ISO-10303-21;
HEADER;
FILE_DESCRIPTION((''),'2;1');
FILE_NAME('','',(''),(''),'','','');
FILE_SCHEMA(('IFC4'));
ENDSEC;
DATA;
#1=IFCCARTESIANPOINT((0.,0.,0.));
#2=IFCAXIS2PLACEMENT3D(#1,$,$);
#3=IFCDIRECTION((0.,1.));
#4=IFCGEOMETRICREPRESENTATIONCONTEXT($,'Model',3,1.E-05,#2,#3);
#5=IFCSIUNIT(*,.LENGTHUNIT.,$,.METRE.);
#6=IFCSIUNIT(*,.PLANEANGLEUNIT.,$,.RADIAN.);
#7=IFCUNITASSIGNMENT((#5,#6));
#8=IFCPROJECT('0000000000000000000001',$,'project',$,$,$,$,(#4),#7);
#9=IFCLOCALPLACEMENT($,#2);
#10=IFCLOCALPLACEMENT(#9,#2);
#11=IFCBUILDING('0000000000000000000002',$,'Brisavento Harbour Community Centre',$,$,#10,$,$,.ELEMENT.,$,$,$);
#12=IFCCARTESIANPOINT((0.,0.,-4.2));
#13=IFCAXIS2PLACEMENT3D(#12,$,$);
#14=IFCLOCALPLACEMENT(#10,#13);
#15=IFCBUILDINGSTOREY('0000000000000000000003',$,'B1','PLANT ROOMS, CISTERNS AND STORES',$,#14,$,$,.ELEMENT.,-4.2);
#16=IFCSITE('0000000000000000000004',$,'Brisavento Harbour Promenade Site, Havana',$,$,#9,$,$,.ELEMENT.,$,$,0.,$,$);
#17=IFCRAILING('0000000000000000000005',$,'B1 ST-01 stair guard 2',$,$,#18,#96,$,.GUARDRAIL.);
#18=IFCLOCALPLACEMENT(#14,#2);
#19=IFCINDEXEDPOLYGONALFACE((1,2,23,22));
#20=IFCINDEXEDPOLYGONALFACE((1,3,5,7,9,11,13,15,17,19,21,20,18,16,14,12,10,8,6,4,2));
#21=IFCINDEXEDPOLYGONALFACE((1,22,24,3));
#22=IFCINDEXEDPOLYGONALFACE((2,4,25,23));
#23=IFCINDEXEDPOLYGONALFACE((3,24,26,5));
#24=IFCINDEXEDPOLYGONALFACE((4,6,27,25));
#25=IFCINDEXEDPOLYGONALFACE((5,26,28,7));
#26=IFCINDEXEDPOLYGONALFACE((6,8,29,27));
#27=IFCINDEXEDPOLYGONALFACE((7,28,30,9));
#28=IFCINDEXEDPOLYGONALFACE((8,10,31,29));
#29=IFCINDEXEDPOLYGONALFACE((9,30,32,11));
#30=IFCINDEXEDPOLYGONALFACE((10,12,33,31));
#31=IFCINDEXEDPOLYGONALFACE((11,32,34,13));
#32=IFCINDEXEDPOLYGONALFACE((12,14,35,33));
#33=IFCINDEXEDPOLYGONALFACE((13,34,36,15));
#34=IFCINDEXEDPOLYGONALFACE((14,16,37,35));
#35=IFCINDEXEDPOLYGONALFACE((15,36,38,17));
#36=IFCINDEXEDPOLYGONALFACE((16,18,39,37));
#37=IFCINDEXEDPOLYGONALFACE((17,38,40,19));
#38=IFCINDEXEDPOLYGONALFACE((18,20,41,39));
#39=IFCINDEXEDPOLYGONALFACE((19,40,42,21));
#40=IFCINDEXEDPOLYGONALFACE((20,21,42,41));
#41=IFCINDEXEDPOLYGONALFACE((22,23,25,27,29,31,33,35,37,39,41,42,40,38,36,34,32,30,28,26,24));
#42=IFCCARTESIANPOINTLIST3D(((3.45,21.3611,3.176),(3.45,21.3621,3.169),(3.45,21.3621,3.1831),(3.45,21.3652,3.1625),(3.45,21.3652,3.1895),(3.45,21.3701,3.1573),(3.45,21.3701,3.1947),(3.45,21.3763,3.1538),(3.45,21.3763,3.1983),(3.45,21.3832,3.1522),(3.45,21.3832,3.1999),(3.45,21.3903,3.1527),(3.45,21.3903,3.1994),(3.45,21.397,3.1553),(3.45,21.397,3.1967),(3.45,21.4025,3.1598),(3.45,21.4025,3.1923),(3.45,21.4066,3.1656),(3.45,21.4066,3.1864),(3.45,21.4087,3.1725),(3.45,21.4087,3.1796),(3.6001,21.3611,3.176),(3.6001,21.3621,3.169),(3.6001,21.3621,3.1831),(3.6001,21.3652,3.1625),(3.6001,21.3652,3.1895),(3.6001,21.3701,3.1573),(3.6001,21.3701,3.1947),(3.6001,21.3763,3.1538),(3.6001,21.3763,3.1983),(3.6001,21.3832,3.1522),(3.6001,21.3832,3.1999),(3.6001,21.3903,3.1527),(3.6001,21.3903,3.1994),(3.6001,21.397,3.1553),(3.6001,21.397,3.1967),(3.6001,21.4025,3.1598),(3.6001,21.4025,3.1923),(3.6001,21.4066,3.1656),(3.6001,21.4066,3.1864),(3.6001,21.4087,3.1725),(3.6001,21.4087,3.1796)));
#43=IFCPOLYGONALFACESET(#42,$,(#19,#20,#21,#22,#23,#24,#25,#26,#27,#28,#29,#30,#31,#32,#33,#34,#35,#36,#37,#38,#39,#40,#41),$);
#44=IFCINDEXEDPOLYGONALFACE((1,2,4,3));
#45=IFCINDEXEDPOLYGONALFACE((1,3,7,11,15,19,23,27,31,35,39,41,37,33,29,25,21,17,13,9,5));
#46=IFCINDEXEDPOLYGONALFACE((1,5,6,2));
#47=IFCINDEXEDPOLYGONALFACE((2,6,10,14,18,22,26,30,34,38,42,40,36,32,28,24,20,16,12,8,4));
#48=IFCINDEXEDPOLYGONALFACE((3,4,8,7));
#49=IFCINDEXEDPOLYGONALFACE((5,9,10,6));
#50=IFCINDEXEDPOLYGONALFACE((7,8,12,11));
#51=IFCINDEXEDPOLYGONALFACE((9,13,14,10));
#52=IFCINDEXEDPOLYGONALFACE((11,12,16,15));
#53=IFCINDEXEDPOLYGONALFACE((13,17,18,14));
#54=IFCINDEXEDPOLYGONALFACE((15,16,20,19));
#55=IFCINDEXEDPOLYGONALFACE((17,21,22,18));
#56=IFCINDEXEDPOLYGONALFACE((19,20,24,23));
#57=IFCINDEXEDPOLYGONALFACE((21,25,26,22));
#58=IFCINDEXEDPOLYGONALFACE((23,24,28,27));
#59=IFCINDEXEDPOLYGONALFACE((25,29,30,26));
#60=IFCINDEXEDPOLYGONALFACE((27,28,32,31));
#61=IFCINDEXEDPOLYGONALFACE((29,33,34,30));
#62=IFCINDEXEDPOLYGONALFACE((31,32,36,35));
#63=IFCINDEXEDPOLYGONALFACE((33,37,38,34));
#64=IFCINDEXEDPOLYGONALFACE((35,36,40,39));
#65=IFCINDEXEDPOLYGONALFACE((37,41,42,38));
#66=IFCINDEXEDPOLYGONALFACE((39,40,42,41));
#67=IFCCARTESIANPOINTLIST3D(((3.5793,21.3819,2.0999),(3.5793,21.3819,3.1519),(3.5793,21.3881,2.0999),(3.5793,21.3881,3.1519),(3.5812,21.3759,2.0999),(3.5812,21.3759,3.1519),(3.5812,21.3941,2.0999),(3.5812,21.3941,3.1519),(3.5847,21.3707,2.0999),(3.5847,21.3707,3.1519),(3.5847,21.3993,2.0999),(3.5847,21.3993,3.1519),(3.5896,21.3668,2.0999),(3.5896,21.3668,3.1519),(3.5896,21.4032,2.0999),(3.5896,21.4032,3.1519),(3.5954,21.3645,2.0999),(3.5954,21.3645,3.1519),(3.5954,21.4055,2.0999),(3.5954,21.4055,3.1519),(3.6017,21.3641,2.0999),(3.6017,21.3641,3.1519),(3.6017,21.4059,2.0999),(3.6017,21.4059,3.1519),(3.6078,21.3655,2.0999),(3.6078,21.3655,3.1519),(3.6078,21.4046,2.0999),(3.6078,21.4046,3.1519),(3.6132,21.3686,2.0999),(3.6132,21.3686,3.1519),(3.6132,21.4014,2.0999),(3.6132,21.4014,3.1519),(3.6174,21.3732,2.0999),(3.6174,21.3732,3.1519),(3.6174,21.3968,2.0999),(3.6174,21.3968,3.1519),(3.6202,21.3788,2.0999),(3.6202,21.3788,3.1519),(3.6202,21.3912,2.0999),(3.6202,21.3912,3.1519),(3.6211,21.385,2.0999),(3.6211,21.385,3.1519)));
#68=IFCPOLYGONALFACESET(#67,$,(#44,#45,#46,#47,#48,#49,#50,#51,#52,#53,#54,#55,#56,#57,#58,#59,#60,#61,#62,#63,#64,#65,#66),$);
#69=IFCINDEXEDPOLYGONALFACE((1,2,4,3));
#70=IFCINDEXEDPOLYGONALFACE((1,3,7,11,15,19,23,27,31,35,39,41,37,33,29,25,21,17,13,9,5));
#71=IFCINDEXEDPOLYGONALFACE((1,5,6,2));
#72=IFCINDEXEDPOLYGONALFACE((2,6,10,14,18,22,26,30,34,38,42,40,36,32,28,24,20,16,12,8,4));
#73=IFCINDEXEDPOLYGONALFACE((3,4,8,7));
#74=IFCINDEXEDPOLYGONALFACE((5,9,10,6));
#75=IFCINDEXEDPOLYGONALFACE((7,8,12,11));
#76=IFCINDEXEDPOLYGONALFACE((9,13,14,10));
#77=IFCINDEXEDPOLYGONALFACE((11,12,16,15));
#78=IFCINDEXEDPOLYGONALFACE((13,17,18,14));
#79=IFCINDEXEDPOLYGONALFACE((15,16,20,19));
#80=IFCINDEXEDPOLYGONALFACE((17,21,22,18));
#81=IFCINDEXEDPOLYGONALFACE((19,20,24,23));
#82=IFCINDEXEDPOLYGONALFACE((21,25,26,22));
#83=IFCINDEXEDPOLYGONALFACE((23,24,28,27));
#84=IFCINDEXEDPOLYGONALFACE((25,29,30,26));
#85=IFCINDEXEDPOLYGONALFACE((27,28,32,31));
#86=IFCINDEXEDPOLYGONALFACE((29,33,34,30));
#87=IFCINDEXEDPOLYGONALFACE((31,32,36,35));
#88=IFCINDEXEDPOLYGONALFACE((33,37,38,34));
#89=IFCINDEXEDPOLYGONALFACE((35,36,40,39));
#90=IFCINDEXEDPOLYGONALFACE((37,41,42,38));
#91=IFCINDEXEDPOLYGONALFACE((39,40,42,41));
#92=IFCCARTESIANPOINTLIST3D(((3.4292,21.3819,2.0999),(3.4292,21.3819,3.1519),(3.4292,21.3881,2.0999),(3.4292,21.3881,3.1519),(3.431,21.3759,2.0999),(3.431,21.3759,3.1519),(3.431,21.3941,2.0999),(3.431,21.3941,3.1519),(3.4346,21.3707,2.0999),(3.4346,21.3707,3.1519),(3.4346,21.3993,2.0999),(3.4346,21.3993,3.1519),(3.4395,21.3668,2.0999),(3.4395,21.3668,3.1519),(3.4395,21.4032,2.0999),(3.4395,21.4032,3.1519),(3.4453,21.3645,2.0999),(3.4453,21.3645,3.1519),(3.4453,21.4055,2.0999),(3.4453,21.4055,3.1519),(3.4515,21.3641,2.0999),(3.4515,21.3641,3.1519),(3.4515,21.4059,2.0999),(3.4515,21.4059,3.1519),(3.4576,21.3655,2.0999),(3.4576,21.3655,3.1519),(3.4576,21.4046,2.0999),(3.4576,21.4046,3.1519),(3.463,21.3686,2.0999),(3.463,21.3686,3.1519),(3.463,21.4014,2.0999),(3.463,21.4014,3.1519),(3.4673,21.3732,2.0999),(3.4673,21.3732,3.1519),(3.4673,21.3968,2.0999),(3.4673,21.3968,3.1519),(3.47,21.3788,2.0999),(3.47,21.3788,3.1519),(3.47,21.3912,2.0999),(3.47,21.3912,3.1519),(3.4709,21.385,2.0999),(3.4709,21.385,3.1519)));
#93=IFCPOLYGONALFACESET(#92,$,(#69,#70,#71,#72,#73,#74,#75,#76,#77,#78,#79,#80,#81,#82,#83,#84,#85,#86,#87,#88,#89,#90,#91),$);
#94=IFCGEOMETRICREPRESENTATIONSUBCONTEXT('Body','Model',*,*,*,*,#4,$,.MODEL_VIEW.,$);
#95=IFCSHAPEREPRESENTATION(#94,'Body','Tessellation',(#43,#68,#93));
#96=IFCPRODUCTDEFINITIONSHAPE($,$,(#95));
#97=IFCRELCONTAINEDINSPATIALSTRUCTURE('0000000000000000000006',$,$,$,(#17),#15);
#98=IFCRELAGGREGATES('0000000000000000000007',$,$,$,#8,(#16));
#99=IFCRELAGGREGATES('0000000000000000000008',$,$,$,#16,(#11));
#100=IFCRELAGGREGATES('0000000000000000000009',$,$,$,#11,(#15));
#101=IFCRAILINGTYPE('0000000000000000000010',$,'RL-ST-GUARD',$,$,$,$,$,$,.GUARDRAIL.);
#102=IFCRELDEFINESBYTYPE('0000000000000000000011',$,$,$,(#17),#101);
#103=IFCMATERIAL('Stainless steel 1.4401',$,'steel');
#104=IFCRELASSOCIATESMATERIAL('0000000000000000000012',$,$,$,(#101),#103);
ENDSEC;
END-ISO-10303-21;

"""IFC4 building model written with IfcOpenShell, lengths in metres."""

from ifc_helpers import new_model, si_unit, direction, frame, origin, origin_2d, place, context, subcontext, project, spatial, circle, extrude, material, type_object, element, save


model = new_model("IFC4")

# Units and contexts
model_context = context("Model", 3, precision=1e-05, world=origin(), true_north=direction((0.0, 1.0)))
body_context = subcontext(model_context, "Body", "Model", "MODEL_VIEW")
ifc_project = project(units=[si_unit("LENGTHUNIT", "METRE"), si_unit("PLANEANGLEUNIT", "RADIAN")], contexts=[model_context])

# Site, building, storey
site_placement = place(None, origin())
site = spatial("IfcSite", under=ifc_project, at=site_placement, Name="Brisavento Harbour Promenade Site, Havana", CompositionType="ELEMENT", RefElevation=0.0)
building_placement = place(site_placement, origin())
building = spatial("IfcBuilding", under=site, at=building_placement, Name="Brisavento Harbour Community Centre", CompositionType="ELEMENT")
storey_placement = place(building_placement, frame((0.0, 0.0, -4.2)))
storey = spatial("IfcBuildingStorey", under=building, at=storey_placement, Name="B1", Description="PLANT ROOMS, CISTERNS AND STORES", CompositionType="ELEMENT", Elevation=-4.2)

# Shared definitions
ifc_material_1 = material(Name="Stainless steel 1.4401", Category="steel")

# Railing
railing_type_1 = type_object("IfcRailingType", Name="RL-ST-GUARD", PredefinedType="GUARDRAIL", material=ifc_material_1)
railing_1_placement = place(storey_placement, frame((3.6001, 21.385, 2.0999)))
element("IfcRailing", 1, at=railing_1_placement, inside=storey, type_object=railing_type_1, Name="B1 ST-01 stair guard 2", PredefinedType="GUARDRAIL", context=body_context, shape_type="SweptSolid", body=[
    extrude(circle(Radius=0.0239, at=origin_2d()), frame((0.0, 0.0, 1.0762), z_axis=(-1.0, 0.0, 0.0), x_axis=(0.0, -1.0, 0.0)), (0.0, 0.0, 1.0), 0.1501),
    extrude(circle(Radius=0.021, at=origin_2d()), origin(), (0.0, 0.0, 1.0), 1.052),
    extrude(circle(Radius=0.021, at=origin_2d()), frame((-0.1501, 0.0, 0.0)), (0.0, 0.0, 1.0), 1.052),
])

save(model, "model.ifc")
